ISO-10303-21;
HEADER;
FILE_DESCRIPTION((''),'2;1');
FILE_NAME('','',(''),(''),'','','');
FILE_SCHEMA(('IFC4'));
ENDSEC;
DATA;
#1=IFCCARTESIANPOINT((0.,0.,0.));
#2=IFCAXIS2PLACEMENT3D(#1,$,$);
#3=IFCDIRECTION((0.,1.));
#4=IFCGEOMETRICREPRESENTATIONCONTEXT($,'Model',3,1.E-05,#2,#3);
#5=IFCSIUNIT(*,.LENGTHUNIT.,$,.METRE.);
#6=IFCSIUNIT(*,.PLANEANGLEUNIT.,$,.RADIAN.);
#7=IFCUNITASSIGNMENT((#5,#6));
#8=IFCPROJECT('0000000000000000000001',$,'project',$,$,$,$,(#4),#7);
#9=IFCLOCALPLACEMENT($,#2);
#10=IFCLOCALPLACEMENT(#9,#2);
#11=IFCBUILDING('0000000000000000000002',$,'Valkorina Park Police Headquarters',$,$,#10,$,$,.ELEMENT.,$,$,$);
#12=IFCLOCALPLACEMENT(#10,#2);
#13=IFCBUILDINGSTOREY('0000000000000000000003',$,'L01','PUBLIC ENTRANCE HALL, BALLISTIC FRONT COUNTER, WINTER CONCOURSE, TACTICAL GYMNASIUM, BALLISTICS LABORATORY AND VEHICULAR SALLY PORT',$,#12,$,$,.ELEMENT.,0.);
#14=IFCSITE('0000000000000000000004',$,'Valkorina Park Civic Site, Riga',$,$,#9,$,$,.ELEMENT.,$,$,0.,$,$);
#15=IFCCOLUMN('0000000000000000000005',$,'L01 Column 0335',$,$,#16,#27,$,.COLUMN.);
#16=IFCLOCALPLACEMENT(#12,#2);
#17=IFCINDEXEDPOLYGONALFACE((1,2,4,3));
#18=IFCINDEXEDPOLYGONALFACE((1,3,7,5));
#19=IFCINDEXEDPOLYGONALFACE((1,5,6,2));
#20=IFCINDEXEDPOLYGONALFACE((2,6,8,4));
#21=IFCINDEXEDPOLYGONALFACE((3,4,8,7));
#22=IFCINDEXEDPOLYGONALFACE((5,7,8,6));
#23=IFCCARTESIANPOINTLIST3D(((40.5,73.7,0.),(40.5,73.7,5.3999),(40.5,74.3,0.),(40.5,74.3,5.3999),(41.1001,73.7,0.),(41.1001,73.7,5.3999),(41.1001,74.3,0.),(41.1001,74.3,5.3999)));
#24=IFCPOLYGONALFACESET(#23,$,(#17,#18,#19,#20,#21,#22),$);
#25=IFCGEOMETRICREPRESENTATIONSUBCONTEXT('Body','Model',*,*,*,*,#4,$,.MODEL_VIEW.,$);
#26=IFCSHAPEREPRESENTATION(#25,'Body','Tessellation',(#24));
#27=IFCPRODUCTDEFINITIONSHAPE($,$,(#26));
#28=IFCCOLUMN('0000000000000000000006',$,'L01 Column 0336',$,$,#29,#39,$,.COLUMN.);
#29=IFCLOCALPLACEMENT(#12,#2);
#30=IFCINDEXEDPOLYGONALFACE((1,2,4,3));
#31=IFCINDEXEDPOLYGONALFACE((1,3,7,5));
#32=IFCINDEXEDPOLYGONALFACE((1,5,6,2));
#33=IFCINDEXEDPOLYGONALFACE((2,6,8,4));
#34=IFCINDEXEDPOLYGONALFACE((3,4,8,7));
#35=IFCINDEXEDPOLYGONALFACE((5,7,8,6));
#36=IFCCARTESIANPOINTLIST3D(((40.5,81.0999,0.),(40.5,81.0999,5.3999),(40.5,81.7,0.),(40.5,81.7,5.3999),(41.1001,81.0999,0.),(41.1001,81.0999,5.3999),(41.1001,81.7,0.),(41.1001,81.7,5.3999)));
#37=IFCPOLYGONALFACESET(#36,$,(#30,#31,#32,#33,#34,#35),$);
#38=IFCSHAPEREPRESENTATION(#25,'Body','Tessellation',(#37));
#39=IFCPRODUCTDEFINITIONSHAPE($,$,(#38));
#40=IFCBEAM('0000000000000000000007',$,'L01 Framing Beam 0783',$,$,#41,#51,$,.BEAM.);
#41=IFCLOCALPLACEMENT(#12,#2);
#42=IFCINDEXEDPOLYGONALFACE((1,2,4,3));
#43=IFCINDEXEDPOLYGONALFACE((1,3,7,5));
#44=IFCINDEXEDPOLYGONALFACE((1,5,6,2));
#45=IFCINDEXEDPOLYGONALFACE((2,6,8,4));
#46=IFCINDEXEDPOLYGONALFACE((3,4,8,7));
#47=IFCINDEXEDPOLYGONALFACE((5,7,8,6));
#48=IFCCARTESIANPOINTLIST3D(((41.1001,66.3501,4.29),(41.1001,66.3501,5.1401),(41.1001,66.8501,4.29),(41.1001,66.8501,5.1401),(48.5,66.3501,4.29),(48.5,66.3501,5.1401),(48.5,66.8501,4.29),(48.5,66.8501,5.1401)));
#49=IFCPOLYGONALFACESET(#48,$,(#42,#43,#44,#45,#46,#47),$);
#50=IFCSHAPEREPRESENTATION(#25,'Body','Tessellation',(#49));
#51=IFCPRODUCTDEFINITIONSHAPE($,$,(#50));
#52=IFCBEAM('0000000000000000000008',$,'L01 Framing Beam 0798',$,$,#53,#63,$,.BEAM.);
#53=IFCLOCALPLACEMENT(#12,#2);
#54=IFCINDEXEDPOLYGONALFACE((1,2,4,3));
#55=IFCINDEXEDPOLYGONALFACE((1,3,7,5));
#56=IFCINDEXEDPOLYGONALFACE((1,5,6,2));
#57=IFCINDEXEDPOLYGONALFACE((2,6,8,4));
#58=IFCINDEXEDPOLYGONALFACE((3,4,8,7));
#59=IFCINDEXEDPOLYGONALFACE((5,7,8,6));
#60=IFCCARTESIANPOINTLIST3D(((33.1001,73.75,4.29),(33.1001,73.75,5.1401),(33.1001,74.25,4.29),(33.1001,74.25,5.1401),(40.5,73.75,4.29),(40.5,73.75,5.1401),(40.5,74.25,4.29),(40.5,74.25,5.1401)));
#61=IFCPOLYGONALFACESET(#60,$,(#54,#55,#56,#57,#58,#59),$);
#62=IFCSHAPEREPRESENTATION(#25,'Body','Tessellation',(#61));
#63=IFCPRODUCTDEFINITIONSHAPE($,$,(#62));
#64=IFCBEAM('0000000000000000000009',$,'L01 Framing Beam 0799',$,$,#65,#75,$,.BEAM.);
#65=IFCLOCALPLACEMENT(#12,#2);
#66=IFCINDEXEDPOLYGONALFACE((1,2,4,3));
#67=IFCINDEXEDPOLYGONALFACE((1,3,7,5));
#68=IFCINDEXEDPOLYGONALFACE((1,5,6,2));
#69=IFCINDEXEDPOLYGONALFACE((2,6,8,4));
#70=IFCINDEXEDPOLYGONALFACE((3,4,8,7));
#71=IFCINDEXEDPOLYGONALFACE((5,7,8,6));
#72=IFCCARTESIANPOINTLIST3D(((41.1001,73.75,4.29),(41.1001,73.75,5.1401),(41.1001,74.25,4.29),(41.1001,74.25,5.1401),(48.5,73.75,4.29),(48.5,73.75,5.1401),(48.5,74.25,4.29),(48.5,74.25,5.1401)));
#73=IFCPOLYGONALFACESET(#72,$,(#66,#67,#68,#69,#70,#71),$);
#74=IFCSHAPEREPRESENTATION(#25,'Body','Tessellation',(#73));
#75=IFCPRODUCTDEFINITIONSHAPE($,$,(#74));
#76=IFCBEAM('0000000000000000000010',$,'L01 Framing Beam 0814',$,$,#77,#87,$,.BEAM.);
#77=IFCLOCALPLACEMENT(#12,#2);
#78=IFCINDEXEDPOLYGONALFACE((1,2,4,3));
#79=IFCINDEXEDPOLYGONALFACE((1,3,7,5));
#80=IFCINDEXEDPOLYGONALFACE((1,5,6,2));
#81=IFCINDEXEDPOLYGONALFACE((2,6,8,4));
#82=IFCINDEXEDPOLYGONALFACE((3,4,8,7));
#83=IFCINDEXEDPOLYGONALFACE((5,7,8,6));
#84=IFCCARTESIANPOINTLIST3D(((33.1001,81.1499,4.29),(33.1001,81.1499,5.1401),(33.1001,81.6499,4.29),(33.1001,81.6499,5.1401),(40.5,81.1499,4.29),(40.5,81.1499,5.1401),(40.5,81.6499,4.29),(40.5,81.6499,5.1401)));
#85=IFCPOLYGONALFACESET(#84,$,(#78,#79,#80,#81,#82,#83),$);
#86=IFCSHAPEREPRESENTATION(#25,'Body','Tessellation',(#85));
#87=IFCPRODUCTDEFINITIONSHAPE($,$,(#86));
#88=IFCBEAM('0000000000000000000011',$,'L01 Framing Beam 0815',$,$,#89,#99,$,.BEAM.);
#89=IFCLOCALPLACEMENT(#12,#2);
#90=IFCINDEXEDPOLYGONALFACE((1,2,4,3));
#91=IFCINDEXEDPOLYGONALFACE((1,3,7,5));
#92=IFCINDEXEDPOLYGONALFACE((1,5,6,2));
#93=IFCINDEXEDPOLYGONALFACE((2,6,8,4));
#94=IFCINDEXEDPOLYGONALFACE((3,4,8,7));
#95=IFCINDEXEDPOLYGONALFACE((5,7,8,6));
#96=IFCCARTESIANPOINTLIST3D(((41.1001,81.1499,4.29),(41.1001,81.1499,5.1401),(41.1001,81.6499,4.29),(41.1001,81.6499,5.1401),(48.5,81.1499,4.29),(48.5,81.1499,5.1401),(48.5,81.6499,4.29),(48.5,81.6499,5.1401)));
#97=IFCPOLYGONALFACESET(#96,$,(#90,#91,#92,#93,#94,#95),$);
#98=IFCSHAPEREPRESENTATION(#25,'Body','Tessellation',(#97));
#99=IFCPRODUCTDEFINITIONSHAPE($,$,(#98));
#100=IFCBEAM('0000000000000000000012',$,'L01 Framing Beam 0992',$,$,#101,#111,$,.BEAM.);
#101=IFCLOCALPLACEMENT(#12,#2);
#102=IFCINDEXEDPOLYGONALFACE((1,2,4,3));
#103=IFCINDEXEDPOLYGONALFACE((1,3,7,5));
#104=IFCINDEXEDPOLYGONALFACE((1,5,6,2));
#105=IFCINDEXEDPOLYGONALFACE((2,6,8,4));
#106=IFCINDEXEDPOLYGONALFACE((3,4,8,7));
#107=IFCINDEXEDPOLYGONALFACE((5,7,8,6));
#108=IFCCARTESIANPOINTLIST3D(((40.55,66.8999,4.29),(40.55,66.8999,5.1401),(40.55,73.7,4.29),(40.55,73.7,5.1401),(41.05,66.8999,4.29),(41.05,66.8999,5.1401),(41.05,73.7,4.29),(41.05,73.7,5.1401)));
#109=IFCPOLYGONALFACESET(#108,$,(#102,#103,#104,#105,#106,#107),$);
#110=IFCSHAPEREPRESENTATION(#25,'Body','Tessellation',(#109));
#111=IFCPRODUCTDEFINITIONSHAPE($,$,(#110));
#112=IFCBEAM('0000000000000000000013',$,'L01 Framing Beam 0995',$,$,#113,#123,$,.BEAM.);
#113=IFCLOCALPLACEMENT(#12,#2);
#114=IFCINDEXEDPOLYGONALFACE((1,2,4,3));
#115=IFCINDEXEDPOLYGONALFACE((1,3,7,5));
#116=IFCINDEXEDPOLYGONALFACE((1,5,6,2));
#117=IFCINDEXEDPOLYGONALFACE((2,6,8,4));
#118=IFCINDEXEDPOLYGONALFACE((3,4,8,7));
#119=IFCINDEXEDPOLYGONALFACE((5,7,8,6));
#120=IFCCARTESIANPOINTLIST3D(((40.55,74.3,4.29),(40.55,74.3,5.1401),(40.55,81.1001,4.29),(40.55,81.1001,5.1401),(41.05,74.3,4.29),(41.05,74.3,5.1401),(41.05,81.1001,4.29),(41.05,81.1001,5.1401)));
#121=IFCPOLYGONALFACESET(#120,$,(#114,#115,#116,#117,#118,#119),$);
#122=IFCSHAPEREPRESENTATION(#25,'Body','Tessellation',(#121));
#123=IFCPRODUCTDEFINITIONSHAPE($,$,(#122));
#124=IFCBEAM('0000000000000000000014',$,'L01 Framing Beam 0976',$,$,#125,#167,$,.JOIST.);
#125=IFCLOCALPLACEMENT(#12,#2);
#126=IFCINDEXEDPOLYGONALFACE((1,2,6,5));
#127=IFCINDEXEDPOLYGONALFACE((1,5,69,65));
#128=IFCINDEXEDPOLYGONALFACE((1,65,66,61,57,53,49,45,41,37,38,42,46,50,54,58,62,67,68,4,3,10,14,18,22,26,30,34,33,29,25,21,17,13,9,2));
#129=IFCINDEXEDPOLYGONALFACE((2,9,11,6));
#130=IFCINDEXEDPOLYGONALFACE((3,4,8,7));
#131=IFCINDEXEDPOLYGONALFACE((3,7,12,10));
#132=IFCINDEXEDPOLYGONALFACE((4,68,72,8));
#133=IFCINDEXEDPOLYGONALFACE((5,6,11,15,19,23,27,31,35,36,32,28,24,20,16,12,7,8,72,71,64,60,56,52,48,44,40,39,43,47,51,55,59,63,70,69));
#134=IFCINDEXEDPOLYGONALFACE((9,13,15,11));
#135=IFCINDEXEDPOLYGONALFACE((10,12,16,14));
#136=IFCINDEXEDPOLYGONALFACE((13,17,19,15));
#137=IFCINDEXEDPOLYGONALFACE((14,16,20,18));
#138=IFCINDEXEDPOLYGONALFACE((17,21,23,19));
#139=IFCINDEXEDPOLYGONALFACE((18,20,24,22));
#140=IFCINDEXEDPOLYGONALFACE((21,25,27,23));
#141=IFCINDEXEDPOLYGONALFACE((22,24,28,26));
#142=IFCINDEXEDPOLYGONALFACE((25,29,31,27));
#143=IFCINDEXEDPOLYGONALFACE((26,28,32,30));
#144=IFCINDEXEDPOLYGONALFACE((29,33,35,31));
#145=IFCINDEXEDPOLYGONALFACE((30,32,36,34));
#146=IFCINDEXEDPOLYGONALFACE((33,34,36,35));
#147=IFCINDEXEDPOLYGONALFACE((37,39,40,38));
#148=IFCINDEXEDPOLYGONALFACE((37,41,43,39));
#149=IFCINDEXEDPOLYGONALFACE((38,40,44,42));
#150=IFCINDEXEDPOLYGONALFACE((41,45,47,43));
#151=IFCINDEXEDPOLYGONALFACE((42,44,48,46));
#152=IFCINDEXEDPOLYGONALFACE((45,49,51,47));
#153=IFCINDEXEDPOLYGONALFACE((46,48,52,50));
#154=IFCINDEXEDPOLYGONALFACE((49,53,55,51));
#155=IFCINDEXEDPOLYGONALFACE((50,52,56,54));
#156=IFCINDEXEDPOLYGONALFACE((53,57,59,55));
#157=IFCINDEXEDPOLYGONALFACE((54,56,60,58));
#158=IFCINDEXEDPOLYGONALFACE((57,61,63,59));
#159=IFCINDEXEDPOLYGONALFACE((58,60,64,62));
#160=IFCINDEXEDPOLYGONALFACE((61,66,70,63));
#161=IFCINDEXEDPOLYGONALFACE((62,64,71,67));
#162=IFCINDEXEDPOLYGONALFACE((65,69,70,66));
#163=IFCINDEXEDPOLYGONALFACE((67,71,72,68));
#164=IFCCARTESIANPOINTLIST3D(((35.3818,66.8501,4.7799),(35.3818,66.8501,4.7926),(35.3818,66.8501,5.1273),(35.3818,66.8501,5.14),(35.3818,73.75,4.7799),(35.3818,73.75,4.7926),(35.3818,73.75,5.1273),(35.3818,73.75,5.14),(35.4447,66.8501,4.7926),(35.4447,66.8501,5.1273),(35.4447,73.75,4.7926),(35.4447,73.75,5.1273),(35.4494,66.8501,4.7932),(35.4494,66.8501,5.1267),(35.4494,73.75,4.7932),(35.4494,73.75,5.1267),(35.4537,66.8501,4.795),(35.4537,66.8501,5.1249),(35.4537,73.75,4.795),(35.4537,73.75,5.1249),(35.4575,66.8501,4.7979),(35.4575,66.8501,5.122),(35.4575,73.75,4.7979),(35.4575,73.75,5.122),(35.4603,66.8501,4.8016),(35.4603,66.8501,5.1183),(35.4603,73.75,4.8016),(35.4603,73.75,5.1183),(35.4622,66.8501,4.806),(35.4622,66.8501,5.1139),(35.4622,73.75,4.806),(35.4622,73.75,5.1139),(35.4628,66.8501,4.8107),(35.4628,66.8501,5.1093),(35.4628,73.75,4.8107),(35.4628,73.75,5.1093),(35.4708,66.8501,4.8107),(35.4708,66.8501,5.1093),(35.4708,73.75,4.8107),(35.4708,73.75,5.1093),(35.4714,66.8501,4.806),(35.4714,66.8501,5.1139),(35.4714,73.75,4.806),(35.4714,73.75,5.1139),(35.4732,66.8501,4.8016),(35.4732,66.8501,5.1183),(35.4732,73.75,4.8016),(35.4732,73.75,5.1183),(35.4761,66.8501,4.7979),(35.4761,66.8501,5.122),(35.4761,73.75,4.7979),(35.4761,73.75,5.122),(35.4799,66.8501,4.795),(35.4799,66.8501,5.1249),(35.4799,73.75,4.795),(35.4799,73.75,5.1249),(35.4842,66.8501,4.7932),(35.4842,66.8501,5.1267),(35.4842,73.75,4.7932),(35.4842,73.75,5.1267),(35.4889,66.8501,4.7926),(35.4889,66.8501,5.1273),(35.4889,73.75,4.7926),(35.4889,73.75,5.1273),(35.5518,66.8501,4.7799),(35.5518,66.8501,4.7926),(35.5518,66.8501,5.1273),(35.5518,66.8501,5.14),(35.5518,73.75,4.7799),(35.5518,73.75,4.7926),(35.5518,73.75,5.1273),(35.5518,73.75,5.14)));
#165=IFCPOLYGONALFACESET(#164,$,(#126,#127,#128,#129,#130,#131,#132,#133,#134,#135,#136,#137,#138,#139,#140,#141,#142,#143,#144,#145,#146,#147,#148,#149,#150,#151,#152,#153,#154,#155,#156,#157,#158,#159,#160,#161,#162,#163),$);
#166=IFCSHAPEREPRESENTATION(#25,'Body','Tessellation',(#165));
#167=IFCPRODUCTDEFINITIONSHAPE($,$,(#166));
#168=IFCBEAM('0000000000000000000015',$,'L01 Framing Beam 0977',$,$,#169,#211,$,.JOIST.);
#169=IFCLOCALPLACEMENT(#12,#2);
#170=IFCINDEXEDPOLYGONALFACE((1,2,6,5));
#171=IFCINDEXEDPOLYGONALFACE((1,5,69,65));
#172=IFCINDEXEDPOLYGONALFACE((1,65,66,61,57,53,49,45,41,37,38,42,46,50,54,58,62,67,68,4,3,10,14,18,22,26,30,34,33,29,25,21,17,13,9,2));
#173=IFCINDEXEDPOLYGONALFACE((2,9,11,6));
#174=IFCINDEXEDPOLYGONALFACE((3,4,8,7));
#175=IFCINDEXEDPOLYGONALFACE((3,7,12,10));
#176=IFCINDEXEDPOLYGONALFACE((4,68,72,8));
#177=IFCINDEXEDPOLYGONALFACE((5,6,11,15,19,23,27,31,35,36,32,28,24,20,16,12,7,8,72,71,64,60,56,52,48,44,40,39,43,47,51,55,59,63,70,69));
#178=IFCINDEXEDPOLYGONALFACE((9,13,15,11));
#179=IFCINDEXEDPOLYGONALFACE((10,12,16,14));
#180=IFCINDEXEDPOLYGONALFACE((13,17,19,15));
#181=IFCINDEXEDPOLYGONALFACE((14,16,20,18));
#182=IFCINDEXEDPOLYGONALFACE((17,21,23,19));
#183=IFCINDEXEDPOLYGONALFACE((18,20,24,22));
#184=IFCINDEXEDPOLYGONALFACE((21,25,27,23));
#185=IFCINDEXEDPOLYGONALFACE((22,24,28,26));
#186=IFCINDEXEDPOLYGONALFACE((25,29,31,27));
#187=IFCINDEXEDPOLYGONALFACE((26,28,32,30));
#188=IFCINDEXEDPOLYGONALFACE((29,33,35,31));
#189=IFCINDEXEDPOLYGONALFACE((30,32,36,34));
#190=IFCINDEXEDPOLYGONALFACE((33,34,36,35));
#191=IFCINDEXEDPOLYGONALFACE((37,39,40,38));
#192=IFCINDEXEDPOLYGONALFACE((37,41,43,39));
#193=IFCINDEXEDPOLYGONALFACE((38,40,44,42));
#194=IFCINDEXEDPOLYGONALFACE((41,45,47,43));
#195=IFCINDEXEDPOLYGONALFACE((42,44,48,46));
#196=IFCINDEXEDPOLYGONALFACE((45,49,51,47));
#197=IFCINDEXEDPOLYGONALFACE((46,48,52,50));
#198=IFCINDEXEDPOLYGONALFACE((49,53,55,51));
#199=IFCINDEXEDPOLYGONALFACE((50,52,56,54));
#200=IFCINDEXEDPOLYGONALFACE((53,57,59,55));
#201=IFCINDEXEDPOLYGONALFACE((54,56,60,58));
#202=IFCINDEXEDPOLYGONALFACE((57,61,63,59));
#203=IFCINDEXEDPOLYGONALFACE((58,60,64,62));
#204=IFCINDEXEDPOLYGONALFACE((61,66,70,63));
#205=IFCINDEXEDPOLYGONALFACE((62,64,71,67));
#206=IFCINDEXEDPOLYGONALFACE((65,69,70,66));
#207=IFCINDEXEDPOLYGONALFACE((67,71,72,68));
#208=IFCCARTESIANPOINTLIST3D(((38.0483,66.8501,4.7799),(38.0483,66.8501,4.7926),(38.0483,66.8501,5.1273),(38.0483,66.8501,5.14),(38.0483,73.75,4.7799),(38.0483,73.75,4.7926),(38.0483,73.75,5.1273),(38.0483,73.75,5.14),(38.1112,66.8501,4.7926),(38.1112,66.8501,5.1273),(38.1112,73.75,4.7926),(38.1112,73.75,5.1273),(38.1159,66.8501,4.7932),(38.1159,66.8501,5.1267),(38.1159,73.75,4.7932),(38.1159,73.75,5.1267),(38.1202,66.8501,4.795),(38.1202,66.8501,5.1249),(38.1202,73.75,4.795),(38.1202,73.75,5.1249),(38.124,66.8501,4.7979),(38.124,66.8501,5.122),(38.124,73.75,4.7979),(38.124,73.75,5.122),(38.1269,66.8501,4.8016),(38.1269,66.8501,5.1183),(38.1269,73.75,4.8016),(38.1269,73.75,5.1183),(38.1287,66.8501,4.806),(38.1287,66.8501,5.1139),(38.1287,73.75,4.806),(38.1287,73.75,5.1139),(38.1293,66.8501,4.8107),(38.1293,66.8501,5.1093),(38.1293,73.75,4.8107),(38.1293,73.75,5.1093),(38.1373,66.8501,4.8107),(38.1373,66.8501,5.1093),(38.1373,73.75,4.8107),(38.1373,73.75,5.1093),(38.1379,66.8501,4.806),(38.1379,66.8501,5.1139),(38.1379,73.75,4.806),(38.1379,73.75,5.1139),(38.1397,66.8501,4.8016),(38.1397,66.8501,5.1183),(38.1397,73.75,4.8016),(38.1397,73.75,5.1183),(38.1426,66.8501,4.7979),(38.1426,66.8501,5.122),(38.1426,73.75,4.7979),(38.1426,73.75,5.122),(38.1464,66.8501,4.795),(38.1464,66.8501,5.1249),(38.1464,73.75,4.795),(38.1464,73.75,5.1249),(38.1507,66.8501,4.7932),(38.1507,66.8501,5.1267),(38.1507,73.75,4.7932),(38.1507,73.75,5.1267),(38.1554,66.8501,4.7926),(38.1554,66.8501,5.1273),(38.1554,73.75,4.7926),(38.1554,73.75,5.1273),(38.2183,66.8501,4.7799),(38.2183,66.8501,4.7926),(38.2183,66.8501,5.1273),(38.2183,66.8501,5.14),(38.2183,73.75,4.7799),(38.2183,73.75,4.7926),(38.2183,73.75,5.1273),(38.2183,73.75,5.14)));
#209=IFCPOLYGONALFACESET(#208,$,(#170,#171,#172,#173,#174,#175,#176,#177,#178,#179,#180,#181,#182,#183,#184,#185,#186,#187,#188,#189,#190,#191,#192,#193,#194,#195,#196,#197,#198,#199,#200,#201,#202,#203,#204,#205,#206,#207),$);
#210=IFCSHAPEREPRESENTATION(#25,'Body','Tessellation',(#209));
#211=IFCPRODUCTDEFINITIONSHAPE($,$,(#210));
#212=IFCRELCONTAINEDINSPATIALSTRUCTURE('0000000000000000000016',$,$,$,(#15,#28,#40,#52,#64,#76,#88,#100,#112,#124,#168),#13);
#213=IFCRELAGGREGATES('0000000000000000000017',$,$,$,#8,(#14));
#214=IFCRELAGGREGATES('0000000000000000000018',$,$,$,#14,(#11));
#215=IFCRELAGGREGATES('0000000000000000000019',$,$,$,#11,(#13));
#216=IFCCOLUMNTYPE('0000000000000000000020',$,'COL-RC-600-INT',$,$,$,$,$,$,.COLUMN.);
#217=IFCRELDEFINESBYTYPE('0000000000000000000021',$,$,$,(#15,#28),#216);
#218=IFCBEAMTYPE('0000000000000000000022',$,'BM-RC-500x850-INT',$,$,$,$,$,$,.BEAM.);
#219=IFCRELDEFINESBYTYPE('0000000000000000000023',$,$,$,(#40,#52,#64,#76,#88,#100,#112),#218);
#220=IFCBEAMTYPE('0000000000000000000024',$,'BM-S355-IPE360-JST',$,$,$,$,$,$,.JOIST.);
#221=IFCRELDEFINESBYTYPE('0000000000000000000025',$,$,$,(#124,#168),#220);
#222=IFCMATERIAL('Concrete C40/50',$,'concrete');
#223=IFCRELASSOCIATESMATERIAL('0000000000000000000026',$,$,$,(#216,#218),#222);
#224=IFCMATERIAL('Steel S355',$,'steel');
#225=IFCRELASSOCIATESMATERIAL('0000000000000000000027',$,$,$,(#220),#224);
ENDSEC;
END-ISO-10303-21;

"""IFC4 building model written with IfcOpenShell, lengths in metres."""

from ifc_helpers import new_model, si_unit, direction, frame, origin, origin_2d, place, context, subcontext, project, spatial, rectangle, i_section, extrude, material, material_profile, profile_set, type_object, element, save


model = new_model("IFC4")

# Units and contexts
model_context = context("Model", 3, precision=1e-05, world=origin(), true_north=direction((0.0, 1.0)))
body_context = subcontext(model_context, "Body", "Model", "MODEL_VIEW")
ifc_project = project(units=[si_unit("LENGTHUNIT", "METRE"), si_unit("PLANEANGLEUNIT", "RADIAN")], contexts=[model_context])

# Site, building, storey
site_placement = place(None, origin())
site = spatial("IfcSite", under=ifc_project, at=site_placement, Name="Valkorina Park Civic Site, Riga", CompositionType="ELEMENT", RefElevation=0.0)
building_placement = place(site_placement, origin())
building = spatial("IfcBuilding", under=site, at=building_placement, Name="Valkorina Park Police Headquarters", CompositionType="ELEMENT")
storey_placement = place(building_placement, origin())
storey = spatial("IfcBuildingStorey", under=building, at=storey_placement, Name="L01", Description="PUBLIC ENTRANCE HALL, BALLISTIC FRONT COUNTER, WINTER CONCOURSE, TACTICAL GYMNASIUM, BALLISTICS LABORATORY AND VEHICULAR SALLY PORT", CompositionType="ELEMENT", Elevation=0.0)

# Columns
ifc_material_1 = material(Name="Concrete C40/50", Category="concrete")
ifc_material_profile_1 = material_profile(ifc_material_1, rectangle(XDim=0.6001, YDim=0.6001, at=origin_2d()), Name="RC COL 600x600")
ifc_profile_set_1 = profile_set([ifc_material_profile_1], Name="Concrete C40/50")
column_type = type_object("IfcColumnType", Name="COL-RC-600-INT", PredefinedType="COLUMN", material=ifc_profile_set_1)
for number, where, z_axis, x_axis, name in (
    (1, (40.8, 74.0, 0.0), (0.0, 0.0, 1.0), (1.0, 0.0, 0.0), "L01 Column 0335"),
    (2, (40.8, 81.3999, 0.0), (0.0, 0.0, 1.0), (1.0, 0.0, 0.0), "L01 Column 0336"),
):
    element("IfcColumn", number, at=place(storey_placement, frame(where, z_axis=z_axis, x_axis=x_axis)), inside=storey, type_object=column_type, Name=name, PredefinedType="COLUMN", context=body_context, shape_type="SweptSolid", body=[
        extrude(rectangle(XDim=0.6001, YDim=0.6001, at=origin_2d()), origin(), (0.0, 0.0, 1.0), 5.3999),
    ])

# Beams
ifc_material_profile_2 = material_profile(ifc_material_1, rectangle(XDim=0.5, YDim=0.8501, at=origin_2d()), Name="RC BEAM 500x850")
ifc_profile_set_2 = profile_set([ifc_material_profile_2], Name="Concrete C40/50")
beam_type_1 = type_object("IfcBeamType", Name="BM-RC-500x850-INT", PredefinedType="BEAM", material=ifc_profile_set_2)
for number, where, z_axis, x_axis, name in (
    (3, (41.1001, 66.6001, 4.7151), (1.0, 0.0, 0.0), (0.0, 1.0, 0.0), "L01 Framing Beam 0783"),
    (4, (33.1001, 74.0, 4.7151), (1.0, 0.0, 0.0), (0.0, 1.0, 0.0), "L01 Framing Beam 0798"),
    (5, (41.1001, 74.0, 4.7151), (1.0, 0.0, 0.0), (0.0, 1.0, 0.0), "L01 Framing Beam 0799"),
    (6, (33.1001, 81.3999, 4.7151), (1.0, 0.0, 0.0), (0.0, 1.0, 0.0), "L01 Framing Beam 0814"),
    (7, (41.1001, 81.3999, 4.7151), (1.0, 0.0, 0.0), (0.0, 1.0, 0.0), "L01 Framing Beam 0815"),
):
    element("IfcBeam", number, at=place(storey_placement, frame(where, z_axis=z_axis, x_axis=x_axis)), inside=storey, type_object=beam_type_1, Name=name, PredefinedType="BEAM", context=body_context, shape_type="SweptSolid", body=[
        extrude(rectangle(XDim=0.5, YDim=0.8501, at=origin_2d()), origin(), (0.0, 0.0, 1.0), 7.3999),
    ])
for number, where, z_axis, x_axis, name in (
    (8, (40.8, 66.8999, 4.7151), (0.0, 1.0, 0.0), (-1.0, 0.0, 0.0), "L01 Framing Beam 0992"),
    (9, (40.8, 74.3, 4.7151), (0.0, 1.0, 0.0), (-1.0, 0.0, 0.0), "L01 Framing Beam 0995"),
):
    element("IfcBeam", number, at=place(storey_placement, frame(where, z_axis=z_axis, x_axis=x_axis)), inside=storey, type_object=beam_type_1, Name=name, PredefinedType="BEAM", context=body_context, shape_type="SweptSolid", body=[
        extrude(rectangle(XDim=0.5, YDim=0.8501, at=origin_2d()), origin(), (0.0, 0.0, 1.0), 6.8),
    ])
ifc_material_2 = material(Name="Steel S355", Category="steel")
ifc_material_profile_3 = material_profile(ifc_material_2, i_section(OverallWidth=0.1699, OverallDepth=0.3601, WebThickness=0.0081, FlangeThickness=0.0127, FilletRadius=0.0181, at=origin_2d()), Name="IPE 360")
ifc_profile_set_3 = profile_set([ifc_material_profile_3], Name="Steel S355")
beam_type_2 = type_object("IfcBeamType", Name="BM-S355-IPE360-JST", PredefinedType="JOIST", material=ifc_profile_set_3)
for number, where, z_axis, x_axis, name in (
    (10, (35.4668, 66.8501, 4.96), (0.0, 1.0, 0.0), (-1.0, 0.0, 0.0), "L01 Framing Beam 0976"),
    (11, (38.1333, 66.8501, 4.96), (0.0, 1.0, 0.0), (-1.0, 0.0, 0.0), "L01 Framing Beam 0977"),
):
    element("IfcBeam", number, at=place(storey_placement, frame(where, z_axis=z_axis, x_axis=x_axis)), inside=storey, type_object=beam_type_2, Name=name, PredefinedType="JOIST", context=body_context, shape_type="SweptSolid", body=[
        extrude(i_section(OverallWidth=0.1699, OverallDepth=0.3601, WebThickness=0.0081, FlangeThickness=0.0127, FilletRadius=0.0181, at=origin_2d()), origin(), (0.0, 0.0, 1.0), 6.8999),
    ])

save(model, "model.ifc")
